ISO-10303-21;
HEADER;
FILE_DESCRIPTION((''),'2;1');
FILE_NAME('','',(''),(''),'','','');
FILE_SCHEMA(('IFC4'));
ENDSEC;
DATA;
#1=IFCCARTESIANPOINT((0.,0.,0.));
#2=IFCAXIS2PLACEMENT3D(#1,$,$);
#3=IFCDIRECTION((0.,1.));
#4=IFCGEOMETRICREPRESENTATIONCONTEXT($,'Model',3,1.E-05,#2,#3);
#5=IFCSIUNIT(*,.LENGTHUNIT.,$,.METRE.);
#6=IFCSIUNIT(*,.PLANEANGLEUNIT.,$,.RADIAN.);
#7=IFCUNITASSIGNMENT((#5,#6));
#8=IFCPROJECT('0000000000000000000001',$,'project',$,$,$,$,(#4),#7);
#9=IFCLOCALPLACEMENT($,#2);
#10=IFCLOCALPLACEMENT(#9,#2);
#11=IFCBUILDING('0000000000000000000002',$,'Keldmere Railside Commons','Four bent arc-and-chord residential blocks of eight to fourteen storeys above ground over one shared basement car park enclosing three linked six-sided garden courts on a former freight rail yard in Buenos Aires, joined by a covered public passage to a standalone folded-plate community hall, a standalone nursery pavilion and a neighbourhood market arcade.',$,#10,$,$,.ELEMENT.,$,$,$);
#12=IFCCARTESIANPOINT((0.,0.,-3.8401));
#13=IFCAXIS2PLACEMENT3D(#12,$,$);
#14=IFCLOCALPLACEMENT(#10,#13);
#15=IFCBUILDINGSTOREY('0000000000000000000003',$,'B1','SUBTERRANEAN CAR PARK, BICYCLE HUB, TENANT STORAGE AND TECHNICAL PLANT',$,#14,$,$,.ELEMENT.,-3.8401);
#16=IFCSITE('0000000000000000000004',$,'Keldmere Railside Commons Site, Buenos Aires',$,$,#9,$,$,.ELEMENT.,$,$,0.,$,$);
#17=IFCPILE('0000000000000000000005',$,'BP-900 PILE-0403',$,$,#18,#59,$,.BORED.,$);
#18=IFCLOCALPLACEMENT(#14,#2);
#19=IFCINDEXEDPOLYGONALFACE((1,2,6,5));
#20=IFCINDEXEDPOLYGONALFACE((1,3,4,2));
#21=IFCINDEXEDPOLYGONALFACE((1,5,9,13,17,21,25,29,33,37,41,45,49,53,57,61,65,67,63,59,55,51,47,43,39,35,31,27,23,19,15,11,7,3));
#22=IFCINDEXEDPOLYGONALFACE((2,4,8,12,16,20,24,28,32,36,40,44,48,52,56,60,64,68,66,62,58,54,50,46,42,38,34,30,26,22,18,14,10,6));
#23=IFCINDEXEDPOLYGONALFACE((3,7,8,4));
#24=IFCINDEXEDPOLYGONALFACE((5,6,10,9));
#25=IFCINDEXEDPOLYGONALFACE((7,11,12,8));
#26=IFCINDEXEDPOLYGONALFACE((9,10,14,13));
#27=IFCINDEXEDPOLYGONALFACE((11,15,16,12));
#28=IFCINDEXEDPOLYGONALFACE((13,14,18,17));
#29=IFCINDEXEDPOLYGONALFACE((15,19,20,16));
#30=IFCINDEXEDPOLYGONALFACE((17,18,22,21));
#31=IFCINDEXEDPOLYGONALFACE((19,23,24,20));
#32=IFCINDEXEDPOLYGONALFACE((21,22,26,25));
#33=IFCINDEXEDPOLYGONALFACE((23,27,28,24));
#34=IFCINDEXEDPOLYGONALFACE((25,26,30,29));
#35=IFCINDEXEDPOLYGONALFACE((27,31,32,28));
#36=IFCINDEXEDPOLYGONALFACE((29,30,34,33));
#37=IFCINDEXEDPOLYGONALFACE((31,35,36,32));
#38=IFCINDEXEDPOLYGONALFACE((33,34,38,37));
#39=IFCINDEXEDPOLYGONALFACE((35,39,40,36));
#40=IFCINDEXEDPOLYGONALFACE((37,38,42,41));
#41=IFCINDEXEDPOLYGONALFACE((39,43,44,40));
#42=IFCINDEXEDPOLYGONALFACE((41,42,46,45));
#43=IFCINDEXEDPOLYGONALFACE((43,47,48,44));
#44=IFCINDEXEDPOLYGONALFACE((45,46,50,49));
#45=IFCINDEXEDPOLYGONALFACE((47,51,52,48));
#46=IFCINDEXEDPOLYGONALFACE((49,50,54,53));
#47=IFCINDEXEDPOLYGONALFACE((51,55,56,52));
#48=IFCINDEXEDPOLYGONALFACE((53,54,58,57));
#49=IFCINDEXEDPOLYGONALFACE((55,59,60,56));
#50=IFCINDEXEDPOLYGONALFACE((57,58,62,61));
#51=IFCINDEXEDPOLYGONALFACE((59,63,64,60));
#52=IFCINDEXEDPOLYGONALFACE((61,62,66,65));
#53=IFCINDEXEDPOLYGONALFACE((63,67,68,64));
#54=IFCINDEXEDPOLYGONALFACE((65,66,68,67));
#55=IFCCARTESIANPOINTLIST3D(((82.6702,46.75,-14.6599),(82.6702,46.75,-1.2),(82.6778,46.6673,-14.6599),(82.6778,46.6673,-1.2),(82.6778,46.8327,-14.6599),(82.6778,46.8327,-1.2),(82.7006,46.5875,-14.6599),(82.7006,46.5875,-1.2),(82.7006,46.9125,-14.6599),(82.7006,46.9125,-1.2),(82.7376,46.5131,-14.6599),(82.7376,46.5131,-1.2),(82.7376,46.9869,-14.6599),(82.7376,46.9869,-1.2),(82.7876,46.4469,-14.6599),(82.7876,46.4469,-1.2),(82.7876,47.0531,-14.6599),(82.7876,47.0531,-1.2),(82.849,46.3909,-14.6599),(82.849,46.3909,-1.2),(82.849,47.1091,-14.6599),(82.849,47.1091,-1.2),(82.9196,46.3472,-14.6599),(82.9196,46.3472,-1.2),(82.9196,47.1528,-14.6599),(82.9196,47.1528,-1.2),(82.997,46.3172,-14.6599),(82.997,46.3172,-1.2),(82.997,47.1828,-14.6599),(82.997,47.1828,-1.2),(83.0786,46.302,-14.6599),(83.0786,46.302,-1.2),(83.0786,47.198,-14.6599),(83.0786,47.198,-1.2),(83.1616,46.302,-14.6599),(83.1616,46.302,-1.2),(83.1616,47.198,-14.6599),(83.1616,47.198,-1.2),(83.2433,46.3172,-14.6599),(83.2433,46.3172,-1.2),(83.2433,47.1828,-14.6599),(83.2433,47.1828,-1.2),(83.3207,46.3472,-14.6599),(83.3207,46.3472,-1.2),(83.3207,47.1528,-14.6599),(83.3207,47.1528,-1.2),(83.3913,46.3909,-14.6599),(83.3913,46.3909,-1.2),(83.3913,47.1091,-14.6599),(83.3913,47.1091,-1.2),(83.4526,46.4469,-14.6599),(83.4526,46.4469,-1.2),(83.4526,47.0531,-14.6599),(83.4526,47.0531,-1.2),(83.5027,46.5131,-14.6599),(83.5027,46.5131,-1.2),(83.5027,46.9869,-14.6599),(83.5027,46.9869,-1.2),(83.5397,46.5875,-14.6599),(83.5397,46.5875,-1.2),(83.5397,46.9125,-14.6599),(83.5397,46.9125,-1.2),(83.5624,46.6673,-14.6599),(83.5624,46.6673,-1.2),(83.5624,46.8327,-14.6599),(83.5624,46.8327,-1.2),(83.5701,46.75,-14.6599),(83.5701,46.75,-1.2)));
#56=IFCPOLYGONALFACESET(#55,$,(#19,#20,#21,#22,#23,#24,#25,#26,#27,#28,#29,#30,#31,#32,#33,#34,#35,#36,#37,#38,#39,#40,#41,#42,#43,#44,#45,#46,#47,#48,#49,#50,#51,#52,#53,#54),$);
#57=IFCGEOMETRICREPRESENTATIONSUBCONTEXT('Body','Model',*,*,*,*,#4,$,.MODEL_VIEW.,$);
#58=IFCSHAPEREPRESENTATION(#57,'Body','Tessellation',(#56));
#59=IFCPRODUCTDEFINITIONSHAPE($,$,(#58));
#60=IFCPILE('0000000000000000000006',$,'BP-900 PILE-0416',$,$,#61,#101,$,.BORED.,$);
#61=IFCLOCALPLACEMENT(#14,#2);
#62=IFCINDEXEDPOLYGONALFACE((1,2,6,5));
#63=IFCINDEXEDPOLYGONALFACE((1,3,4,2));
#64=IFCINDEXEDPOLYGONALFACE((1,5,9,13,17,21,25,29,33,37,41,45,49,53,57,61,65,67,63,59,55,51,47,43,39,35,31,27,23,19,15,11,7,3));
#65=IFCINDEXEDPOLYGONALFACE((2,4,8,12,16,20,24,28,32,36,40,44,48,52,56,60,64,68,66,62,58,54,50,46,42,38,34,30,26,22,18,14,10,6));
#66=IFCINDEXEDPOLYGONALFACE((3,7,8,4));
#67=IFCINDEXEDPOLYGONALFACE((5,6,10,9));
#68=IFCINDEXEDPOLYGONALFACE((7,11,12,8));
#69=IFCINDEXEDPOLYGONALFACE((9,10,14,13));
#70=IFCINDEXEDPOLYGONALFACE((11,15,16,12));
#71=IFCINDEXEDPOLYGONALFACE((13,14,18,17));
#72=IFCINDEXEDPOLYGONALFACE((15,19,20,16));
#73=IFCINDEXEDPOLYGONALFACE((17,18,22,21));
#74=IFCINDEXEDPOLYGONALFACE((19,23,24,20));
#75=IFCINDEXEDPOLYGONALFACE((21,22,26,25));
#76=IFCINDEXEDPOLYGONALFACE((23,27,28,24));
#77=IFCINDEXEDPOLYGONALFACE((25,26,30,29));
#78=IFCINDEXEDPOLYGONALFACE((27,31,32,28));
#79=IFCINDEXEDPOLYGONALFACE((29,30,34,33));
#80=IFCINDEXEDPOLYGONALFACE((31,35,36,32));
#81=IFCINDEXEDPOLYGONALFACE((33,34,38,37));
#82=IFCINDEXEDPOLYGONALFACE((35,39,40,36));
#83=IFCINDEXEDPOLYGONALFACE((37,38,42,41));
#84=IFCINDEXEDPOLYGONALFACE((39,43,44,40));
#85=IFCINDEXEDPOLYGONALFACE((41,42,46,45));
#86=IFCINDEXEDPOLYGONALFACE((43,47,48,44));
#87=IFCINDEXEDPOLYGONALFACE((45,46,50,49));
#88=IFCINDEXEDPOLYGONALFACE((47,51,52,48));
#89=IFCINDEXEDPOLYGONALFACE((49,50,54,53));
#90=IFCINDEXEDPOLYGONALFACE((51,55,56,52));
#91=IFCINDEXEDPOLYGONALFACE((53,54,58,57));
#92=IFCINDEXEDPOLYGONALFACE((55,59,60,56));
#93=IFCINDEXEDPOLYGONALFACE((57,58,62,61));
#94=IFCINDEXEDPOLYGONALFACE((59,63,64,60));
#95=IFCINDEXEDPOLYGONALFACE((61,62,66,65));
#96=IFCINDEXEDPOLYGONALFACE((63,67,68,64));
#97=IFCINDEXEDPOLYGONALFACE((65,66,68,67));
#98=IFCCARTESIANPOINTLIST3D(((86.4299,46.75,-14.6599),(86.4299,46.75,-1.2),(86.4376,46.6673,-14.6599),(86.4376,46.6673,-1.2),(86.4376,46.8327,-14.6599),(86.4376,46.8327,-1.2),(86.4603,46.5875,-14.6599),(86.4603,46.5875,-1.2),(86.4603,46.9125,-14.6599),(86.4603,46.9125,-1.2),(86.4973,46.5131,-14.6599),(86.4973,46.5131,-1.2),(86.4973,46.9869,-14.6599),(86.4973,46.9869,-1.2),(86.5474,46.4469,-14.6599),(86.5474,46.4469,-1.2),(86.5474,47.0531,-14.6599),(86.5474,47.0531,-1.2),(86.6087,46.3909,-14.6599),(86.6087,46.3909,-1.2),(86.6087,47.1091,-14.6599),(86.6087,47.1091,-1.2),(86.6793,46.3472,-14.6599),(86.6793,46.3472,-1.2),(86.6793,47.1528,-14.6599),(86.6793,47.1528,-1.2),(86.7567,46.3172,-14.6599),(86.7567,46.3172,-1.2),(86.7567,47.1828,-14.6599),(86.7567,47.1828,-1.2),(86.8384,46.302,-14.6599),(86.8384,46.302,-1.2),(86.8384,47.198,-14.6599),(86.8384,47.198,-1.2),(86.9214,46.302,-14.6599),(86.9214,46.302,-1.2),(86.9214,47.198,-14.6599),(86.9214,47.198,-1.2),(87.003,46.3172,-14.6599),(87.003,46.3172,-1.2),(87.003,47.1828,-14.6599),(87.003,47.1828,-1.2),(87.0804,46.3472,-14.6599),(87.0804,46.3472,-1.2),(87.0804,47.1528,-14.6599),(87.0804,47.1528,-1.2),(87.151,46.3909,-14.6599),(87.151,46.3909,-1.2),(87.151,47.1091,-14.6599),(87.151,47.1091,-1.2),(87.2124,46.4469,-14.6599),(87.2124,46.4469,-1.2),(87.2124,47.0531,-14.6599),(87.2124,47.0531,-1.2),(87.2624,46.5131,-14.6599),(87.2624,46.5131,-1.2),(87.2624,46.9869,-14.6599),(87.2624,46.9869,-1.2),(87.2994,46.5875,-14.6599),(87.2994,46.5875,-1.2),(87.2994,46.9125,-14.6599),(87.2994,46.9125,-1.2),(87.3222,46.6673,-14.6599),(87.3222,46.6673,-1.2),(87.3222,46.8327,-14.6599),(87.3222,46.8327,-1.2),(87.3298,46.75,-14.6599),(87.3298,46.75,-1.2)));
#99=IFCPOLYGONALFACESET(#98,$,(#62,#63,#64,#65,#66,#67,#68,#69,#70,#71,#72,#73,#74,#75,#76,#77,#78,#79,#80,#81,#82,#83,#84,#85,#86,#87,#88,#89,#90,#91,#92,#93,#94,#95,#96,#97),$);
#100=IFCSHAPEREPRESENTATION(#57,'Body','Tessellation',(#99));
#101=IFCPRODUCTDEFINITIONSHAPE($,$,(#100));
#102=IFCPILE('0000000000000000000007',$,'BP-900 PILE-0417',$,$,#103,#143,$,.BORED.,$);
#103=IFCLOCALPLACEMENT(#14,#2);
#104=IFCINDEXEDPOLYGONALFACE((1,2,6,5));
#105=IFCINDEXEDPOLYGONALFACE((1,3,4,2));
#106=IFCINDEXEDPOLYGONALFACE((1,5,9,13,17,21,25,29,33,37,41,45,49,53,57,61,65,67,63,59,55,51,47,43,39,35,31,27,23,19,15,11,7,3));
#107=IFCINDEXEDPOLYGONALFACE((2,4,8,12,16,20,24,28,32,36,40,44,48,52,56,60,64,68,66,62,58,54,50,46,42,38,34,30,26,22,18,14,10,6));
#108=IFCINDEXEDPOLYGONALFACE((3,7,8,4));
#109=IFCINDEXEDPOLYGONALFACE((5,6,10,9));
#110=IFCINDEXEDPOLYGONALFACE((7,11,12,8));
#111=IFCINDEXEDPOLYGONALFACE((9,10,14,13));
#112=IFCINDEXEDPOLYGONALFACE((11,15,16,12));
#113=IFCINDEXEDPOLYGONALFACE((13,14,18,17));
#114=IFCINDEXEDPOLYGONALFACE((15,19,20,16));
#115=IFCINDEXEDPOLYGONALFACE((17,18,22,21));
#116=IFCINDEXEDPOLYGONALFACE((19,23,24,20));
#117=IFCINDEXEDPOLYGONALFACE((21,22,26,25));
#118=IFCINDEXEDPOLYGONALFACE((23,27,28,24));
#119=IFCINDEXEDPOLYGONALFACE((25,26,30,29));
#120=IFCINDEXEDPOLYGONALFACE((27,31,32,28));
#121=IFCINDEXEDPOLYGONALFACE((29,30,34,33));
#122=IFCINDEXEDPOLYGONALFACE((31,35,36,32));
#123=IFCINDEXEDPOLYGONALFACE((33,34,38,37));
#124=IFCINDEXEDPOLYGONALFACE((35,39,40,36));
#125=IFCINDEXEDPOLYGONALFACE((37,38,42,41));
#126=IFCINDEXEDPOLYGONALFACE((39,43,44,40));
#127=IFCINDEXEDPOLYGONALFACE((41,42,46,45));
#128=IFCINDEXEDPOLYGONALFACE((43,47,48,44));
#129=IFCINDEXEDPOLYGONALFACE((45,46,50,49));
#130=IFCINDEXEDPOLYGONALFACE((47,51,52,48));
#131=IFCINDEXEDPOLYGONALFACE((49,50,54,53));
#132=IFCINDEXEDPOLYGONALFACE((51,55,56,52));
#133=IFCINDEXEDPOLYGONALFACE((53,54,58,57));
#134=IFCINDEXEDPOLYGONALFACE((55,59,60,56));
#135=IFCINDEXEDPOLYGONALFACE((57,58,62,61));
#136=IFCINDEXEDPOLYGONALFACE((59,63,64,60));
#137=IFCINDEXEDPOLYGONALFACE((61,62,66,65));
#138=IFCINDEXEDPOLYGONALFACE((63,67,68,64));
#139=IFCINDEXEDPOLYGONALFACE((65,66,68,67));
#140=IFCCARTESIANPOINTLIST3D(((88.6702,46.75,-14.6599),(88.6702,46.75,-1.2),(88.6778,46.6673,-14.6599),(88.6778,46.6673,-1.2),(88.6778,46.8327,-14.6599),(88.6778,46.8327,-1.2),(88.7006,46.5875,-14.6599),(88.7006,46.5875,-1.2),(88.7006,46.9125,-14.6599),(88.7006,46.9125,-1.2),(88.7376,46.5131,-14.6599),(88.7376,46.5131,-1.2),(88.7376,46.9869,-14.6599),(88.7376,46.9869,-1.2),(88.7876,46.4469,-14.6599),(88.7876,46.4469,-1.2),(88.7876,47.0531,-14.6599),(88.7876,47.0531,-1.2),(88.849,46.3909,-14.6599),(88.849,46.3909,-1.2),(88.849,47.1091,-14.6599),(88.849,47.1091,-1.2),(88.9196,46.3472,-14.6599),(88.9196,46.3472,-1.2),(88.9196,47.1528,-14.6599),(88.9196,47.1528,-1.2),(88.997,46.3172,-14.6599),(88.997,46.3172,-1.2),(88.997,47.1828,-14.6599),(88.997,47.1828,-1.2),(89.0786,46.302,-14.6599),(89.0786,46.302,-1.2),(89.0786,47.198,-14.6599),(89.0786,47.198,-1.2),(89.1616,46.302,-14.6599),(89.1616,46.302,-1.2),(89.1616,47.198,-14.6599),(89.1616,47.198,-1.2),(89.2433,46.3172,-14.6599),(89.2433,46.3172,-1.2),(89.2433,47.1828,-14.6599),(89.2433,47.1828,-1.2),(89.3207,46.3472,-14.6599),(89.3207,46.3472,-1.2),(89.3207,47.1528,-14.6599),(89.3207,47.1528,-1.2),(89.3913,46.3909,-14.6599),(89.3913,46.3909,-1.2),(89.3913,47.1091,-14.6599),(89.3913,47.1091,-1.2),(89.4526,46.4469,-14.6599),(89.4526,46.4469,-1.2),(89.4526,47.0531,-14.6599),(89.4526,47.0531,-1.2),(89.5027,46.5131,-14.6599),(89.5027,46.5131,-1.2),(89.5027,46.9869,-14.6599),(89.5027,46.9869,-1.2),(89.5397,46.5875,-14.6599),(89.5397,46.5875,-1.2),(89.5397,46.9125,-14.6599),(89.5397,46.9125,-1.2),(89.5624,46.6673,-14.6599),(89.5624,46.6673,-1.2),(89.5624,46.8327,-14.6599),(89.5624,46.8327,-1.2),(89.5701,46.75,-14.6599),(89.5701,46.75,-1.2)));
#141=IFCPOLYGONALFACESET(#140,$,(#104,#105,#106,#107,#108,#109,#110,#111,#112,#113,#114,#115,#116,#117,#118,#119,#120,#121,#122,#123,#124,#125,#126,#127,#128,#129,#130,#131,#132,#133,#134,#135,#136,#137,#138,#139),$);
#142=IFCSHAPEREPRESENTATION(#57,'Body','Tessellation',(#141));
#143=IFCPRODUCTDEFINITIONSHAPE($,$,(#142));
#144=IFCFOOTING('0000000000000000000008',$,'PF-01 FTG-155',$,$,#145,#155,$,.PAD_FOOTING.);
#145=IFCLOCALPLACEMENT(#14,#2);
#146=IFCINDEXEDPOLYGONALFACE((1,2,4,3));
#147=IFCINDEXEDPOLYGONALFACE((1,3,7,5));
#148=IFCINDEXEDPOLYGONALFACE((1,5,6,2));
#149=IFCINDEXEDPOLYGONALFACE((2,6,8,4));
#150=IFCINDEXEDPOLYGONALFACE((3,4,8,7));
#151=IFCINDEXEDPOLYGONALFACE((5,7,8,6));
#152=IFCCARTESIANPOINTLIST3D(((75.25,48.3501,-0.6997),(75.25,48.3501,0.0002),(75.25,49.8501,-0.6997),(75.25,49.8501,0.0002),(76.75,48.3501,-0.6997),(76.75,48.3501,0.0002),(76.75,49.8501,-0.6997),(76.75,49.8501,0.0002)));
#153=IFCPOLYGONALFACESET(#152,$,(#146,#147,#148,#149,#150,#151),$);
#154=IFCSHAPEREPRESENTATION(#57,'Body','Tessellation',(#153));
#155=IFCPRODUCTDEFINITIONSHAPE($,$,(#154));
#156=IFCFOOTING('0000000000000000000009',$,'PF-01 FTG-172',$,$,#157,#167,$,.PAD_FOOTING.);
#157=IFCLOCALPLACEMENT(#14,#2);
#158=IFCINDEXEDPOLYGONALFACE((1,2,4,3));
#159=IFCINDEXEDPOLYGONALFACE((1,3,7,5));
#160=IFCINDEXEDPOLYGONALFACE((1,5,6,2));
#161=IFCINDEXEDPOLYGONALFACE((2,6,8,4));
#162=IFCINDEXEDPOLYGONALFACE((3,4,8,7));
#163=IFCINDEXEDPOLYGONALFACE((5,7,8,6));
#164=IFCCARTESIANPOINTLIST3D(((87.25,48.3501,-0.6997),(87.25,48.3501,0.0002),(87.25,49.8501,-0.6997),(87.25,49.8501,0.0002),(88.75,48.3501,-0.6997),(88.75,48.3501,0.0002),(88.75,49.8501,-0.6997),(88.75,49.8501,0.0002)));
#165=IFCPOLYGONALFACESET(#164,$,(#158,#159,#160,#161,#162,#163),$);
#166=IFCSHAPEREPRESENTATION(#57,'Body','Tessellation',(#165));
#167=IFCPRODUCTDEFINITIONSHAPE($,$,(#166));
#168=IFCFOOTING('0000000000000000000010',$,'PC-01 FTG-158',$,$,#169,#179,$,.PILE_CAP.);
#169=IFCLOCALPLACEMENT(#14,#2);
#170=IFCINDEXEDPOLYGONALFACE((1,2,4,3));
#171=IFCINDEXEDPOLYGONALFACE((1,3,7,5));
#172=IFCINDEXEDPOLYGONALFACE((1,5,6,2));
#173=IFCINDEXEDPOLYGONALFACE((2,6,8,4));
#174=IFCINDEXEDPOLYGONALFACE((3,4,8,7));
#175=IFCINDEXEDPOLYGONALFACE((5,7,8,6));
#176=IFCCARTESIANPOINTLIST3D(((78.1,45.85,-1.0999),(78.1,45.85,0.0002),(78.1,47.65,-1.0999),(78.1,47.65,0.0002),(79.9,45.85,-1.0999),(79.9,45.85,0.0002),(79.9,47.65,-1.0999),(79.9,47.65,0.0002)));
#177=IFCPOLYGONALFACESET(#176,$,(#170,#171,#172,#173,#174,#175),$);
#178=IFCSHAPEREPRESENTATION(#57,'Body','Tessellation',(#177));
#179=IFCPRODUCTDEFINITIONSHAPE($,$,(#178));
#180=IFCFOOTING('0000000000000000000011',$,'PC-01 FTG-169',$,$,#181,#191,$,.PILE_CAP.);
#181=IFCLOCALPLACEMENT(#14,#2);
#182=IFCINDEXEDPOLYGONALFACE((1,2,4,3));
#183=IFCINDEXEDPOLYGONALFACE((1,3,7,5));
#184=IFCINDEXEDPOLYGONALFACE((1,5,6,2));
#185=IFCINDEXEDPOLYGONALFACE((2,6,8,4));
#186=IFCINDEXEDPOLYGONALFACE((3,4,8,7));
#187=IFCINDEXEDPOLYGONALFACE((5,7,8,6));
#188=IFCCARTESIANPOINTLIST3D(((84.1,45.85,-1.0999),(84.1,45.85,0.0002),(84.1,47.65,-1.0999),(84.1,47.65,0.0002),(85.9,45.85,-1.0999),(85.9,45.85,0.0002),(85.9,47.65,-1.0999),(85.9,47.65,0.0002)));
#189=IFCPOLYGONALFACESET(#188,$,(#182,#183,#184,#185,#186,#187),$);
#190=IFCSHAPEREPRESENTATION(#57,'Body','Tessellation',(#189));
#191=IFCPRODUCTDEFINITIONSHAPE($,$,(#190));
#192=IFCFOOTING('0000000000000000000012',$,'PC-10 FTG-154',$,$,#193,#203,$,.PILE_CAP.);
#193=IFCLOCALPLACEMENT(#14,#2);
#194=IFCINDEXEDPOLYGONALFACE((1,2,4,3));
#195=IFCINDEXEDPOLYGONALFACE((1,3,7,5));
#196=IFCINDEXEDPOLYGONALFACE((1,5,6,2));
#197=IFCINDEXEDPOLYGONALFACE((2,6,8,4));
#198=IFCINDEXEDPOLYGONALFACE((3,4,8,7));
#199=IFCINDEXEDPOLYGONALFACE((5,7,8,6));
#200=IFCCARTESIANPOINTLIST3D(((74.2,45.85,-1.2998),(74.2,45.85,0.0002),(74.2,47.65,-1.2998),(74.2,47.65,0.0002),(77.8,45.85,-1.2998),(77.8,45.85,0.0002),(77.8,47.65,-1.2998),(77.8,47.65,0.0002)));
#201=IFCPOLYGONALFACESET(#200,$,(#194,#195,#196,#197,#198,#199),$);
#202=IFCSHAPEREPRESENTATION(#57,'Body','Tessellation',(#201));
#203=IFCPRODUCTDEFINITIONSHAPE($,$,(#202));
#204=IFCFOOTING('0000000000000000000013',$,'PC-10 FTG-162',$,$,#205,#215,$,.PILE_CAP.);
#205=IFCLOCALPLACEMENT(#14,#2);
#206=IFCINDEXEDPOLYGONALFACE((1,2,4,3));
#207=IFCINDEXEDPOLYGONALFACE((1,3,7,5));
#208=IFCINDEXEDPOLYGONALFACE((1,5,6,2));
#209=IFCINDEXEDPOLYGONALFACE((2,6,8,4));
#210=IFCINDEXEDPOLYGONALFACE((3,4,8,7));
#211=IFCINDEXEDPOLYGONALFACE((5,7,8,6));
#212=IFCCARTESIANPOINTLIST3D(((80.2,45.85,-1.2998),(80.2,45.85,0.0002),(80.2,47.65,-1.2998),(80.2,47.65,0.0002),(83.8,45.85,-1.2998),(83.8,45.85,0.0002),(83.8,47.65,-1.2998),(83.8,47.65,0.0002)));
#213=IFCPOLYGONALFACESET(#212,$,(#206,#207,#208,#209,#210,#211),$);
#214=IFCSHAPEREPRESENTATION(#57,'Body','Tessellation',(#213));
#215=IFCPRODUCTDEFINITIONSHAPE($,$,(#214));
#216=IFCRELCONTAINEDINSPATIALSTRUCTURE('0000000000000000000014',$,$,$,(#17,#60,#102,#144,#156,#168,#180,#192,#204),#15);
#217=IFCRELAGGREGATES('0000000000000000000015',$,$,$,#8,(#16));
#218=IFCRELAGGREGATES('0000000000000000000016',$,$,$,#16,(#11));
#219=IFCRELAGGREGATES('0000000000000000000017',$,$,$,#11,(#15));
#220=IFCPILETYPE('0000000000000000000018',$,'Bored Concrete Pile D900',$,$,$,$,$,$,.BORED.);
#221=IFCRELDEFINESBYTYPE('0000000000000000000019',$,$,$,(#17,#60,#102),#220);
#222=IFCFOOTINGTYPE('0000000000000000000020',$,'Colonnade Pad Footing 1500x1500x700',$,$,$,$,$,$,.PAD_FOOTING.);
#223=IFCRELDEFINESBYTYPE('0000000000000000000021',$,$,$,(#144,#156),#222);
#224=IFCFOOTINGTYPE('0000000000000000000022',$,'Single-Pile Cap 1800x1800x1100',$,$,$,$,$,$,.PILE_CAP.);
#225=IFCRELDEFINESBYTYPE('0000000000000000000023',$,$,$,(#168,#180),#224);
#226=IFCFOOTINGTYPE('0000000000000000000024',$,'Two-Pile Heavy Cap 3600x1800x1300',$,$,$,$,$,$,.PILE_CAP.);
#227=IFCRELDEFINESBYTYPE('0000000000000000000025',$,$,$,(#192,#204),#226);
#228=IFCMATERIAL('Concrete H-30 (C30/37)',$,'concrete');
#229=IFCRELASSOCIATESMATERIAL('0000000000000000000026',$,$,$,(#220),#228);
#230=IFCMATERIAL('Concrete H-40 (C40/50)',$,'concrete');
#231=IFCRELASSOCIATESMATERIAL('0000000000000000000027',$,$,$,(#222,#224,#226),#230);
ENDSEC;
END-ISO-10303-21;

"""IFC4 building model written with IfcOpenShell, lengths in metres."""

from ifc_helpers import new_model, si_unit, direction, frame, origin, origin_2d, place, context, subcontext, project, spatial, rectangle, circle, extrude, material, material_profile, profile_set, type_object, element, save


model = new_model("IFC4")

# Units and contexts
model_context = context("Model", 3, precision=1e-05, world=origin(), true_north=direction((0.0, 1.0)))
body_context = subcontext(model_context, "Body", "Model", "MODEL_VIEW")
ifc_project = project(units=[si_unit("LENGTHUNIT", "METRE"), si_unit("PLANEANGLEUNIT", "RADIAN")], contexts=[model_context])

# Site, building, storey
site_placement = place(None, origin())
site = spatial("IfcSite", under=ifc_project, at=site_placement, Name="Keldmere Railside Commons Site, Buenos Aires", CompositionType="ELEMENT", RefElevation=0.0)
building_placement = place(site_placement, origin())
building = spatial("IfcBuilding", under=site, at=building_placement, Name="Keldmere Railside Commons", Description="Four bent arc-and-chord residential blocks of eight to fourteen storeys above ground over one shared basement car park enclosing three linked six-sided garden courts on a former freight rail yard in Buenos Aires, joined by a covered public passage to a standalone folded-plate community hall, a standalone nursery pavilion and a neighbourhood market arcade.", CompositionType="ELEMENT")
storey_placement = place(building_placement, frame((0.0, 0.0, -3.8401)))
storey = spatial("IfcBuildingStorey", under=building, at=storey_placement, Name="B1", Description="SUBTERRANEAN CAR PARK, BICYCLE HUB, TENANT STORAGE AND TECHNICAL PLANT", CompositionType="ELEMENT", Elevation=-3.8401)

# Piles
ifc_material_1 = material(Name="Concrete H-30 (C30/37)", Category="concrete")
ifc_material_profile_1 = material_profile(ifc_material_1, circle(Radius=0.45, at=origin_2d()), Name="PILE-D900")
ifc_profile_set_1 = profile_set([ifc_material_profile_1], Name="Concrete H-30 (C30/37)")
pile_type_1 = type_object("IfcPileType", Name="Bored Concrete Pile D900", PredefinedType="BORED", material=ifc_profile_set_1)
for number, where, z_axis, x_axis, name in (
    (1, (83.1201, 46.75, -1.2), (0.0, 0.0, -1.0), (1.0, 0.0, 0.0), "BP-900 PILE-0403"),
    (2, (86.8799, 46.75, -1.2), (0.0, 0.0, -1.0), (1.0, 0.0, 0.0), "BP-900 PILE-0416"),
    (3, (89.1201, 46.75, -1.2), (0.0, 0.0, -1.0), (1.0, 0.0, 0.0), "BP-900 PILE-0417"),
):
    element("IfcPile", number, at=place(storey_placement, frame(where, z_axis=z_axis, x_axis=x_axis)), inside=storey, type_object=pile_type_1, Name=name, PredefinedType="BORED", context=body_context, shape_type="SweptSolid", body=[
        extrude(circle(Radius=0.45, at=origin_2d()), origin(), (0.0, 0.0, 1.0), 13.46),
    ])

# Footings
ifc_material_2 = material(Name="Concrete H-40 (C40/50)", Category="concrete")
footing_type_1 = type_object("IfcFootingType", Name="Colonnade Pad Footing 1500x1500x700", PredefinedType="PAD_FOOTING", material=ifc_material_2)
for number, where, z_axis, x_axis, name in (
    (4, (76.0, 49.1001, -0.6997), (0.0, 0.0, 1.0), (1.0, 0.0, 0.0), "PF-01 FTG-155"),
    (5, (88.0, 49.1001, -0.6997), (0.0, 0.0, 1.0), (1.0, 0.0, 0.0), "PF-01 FTG-172"),
):
    element("IfcFooting", number, at=place(storey_placement, frame(where, z_axis=z_axis, x_axis=x_axis)), inside=storey, type_object=footing_type_1, Name=name, PredefinedType="PAD_FOOTING", context=body_context, shape_type="SweptSolid", body=[
        extrude(rectangle(XDim=1.5, YDim=1.5, at=origin_2d()), origin(), (0.0, 0.0, 1.0), 0.7),
    ])
footing_type_2 = type_object("IfcFootingType", Name="Single-Pile Cap 1800x1800x1100", PredefinedType="PILE_CAP", material=ifc_material_2)
for number, where, z_axis, x_axis, name in (
    (6, (79.0, 46.75, -1.0999), (0.0, 0.0, 1.0), (1.0, 0.0, 0.0), "PC-01 FTG-158"),
    (7, (85.0, 46.75, -1.0999), (0.0, 0.0, 1.0), (1.0, 0.0, 0.0), "PC-01 FTG-169"),
):
    element("IfcFooting", number, at=place(storey_placement, frame(where, z_axis=z_axis, x_axis=x_axis)), inside=storey, type_object=footing_type_2, Name=name, PredefinedType="PILE_CAP", context=body_context, shape_type="SweptSolid", body=[
        extrude(rectangle(XDim=1.8, YDim=1.8, at=origin_2d()), origin(), (0.0, 0.0, 1.0), 1.1001),
    ])
footing_type_3 = type_object("IfcFootingType", Name="Two-Pile Heavy Cap 3600x1800x1300", PredefinedType="PILE_CAP", material=ifc_material_2)
for number, where, z_axis, x_axis, name in (
    (8, (76.0, 46.75, -1.2998), (0.0, 0.0, 1.0), (1.0, 0.0, 0.0), "PC-10 FTG-154"),
    (9, (82.0, 46.75, -1.2998), (0.0, 0.0, 1.0), (1.0, 0.0, 0.0), "PC-10 FTG-162"),
):
    element("IfcFooting", number, at=place(storey_placement, frame(where, z_axis=z_axis, x_axis=x_axis)), inside=storey, type_object=footing_type_3, Name=name, PredefinedType="PILE_CAP", context=body_context, shape_type="SweptSolid", body=[
        extrude(rectangle(XDim=3.6001, YDim=1.8, at=origin_2d()), origin(), (0.0, 0.0, 1.0), 1.3),
    ])

save(model, "model.ifc")
